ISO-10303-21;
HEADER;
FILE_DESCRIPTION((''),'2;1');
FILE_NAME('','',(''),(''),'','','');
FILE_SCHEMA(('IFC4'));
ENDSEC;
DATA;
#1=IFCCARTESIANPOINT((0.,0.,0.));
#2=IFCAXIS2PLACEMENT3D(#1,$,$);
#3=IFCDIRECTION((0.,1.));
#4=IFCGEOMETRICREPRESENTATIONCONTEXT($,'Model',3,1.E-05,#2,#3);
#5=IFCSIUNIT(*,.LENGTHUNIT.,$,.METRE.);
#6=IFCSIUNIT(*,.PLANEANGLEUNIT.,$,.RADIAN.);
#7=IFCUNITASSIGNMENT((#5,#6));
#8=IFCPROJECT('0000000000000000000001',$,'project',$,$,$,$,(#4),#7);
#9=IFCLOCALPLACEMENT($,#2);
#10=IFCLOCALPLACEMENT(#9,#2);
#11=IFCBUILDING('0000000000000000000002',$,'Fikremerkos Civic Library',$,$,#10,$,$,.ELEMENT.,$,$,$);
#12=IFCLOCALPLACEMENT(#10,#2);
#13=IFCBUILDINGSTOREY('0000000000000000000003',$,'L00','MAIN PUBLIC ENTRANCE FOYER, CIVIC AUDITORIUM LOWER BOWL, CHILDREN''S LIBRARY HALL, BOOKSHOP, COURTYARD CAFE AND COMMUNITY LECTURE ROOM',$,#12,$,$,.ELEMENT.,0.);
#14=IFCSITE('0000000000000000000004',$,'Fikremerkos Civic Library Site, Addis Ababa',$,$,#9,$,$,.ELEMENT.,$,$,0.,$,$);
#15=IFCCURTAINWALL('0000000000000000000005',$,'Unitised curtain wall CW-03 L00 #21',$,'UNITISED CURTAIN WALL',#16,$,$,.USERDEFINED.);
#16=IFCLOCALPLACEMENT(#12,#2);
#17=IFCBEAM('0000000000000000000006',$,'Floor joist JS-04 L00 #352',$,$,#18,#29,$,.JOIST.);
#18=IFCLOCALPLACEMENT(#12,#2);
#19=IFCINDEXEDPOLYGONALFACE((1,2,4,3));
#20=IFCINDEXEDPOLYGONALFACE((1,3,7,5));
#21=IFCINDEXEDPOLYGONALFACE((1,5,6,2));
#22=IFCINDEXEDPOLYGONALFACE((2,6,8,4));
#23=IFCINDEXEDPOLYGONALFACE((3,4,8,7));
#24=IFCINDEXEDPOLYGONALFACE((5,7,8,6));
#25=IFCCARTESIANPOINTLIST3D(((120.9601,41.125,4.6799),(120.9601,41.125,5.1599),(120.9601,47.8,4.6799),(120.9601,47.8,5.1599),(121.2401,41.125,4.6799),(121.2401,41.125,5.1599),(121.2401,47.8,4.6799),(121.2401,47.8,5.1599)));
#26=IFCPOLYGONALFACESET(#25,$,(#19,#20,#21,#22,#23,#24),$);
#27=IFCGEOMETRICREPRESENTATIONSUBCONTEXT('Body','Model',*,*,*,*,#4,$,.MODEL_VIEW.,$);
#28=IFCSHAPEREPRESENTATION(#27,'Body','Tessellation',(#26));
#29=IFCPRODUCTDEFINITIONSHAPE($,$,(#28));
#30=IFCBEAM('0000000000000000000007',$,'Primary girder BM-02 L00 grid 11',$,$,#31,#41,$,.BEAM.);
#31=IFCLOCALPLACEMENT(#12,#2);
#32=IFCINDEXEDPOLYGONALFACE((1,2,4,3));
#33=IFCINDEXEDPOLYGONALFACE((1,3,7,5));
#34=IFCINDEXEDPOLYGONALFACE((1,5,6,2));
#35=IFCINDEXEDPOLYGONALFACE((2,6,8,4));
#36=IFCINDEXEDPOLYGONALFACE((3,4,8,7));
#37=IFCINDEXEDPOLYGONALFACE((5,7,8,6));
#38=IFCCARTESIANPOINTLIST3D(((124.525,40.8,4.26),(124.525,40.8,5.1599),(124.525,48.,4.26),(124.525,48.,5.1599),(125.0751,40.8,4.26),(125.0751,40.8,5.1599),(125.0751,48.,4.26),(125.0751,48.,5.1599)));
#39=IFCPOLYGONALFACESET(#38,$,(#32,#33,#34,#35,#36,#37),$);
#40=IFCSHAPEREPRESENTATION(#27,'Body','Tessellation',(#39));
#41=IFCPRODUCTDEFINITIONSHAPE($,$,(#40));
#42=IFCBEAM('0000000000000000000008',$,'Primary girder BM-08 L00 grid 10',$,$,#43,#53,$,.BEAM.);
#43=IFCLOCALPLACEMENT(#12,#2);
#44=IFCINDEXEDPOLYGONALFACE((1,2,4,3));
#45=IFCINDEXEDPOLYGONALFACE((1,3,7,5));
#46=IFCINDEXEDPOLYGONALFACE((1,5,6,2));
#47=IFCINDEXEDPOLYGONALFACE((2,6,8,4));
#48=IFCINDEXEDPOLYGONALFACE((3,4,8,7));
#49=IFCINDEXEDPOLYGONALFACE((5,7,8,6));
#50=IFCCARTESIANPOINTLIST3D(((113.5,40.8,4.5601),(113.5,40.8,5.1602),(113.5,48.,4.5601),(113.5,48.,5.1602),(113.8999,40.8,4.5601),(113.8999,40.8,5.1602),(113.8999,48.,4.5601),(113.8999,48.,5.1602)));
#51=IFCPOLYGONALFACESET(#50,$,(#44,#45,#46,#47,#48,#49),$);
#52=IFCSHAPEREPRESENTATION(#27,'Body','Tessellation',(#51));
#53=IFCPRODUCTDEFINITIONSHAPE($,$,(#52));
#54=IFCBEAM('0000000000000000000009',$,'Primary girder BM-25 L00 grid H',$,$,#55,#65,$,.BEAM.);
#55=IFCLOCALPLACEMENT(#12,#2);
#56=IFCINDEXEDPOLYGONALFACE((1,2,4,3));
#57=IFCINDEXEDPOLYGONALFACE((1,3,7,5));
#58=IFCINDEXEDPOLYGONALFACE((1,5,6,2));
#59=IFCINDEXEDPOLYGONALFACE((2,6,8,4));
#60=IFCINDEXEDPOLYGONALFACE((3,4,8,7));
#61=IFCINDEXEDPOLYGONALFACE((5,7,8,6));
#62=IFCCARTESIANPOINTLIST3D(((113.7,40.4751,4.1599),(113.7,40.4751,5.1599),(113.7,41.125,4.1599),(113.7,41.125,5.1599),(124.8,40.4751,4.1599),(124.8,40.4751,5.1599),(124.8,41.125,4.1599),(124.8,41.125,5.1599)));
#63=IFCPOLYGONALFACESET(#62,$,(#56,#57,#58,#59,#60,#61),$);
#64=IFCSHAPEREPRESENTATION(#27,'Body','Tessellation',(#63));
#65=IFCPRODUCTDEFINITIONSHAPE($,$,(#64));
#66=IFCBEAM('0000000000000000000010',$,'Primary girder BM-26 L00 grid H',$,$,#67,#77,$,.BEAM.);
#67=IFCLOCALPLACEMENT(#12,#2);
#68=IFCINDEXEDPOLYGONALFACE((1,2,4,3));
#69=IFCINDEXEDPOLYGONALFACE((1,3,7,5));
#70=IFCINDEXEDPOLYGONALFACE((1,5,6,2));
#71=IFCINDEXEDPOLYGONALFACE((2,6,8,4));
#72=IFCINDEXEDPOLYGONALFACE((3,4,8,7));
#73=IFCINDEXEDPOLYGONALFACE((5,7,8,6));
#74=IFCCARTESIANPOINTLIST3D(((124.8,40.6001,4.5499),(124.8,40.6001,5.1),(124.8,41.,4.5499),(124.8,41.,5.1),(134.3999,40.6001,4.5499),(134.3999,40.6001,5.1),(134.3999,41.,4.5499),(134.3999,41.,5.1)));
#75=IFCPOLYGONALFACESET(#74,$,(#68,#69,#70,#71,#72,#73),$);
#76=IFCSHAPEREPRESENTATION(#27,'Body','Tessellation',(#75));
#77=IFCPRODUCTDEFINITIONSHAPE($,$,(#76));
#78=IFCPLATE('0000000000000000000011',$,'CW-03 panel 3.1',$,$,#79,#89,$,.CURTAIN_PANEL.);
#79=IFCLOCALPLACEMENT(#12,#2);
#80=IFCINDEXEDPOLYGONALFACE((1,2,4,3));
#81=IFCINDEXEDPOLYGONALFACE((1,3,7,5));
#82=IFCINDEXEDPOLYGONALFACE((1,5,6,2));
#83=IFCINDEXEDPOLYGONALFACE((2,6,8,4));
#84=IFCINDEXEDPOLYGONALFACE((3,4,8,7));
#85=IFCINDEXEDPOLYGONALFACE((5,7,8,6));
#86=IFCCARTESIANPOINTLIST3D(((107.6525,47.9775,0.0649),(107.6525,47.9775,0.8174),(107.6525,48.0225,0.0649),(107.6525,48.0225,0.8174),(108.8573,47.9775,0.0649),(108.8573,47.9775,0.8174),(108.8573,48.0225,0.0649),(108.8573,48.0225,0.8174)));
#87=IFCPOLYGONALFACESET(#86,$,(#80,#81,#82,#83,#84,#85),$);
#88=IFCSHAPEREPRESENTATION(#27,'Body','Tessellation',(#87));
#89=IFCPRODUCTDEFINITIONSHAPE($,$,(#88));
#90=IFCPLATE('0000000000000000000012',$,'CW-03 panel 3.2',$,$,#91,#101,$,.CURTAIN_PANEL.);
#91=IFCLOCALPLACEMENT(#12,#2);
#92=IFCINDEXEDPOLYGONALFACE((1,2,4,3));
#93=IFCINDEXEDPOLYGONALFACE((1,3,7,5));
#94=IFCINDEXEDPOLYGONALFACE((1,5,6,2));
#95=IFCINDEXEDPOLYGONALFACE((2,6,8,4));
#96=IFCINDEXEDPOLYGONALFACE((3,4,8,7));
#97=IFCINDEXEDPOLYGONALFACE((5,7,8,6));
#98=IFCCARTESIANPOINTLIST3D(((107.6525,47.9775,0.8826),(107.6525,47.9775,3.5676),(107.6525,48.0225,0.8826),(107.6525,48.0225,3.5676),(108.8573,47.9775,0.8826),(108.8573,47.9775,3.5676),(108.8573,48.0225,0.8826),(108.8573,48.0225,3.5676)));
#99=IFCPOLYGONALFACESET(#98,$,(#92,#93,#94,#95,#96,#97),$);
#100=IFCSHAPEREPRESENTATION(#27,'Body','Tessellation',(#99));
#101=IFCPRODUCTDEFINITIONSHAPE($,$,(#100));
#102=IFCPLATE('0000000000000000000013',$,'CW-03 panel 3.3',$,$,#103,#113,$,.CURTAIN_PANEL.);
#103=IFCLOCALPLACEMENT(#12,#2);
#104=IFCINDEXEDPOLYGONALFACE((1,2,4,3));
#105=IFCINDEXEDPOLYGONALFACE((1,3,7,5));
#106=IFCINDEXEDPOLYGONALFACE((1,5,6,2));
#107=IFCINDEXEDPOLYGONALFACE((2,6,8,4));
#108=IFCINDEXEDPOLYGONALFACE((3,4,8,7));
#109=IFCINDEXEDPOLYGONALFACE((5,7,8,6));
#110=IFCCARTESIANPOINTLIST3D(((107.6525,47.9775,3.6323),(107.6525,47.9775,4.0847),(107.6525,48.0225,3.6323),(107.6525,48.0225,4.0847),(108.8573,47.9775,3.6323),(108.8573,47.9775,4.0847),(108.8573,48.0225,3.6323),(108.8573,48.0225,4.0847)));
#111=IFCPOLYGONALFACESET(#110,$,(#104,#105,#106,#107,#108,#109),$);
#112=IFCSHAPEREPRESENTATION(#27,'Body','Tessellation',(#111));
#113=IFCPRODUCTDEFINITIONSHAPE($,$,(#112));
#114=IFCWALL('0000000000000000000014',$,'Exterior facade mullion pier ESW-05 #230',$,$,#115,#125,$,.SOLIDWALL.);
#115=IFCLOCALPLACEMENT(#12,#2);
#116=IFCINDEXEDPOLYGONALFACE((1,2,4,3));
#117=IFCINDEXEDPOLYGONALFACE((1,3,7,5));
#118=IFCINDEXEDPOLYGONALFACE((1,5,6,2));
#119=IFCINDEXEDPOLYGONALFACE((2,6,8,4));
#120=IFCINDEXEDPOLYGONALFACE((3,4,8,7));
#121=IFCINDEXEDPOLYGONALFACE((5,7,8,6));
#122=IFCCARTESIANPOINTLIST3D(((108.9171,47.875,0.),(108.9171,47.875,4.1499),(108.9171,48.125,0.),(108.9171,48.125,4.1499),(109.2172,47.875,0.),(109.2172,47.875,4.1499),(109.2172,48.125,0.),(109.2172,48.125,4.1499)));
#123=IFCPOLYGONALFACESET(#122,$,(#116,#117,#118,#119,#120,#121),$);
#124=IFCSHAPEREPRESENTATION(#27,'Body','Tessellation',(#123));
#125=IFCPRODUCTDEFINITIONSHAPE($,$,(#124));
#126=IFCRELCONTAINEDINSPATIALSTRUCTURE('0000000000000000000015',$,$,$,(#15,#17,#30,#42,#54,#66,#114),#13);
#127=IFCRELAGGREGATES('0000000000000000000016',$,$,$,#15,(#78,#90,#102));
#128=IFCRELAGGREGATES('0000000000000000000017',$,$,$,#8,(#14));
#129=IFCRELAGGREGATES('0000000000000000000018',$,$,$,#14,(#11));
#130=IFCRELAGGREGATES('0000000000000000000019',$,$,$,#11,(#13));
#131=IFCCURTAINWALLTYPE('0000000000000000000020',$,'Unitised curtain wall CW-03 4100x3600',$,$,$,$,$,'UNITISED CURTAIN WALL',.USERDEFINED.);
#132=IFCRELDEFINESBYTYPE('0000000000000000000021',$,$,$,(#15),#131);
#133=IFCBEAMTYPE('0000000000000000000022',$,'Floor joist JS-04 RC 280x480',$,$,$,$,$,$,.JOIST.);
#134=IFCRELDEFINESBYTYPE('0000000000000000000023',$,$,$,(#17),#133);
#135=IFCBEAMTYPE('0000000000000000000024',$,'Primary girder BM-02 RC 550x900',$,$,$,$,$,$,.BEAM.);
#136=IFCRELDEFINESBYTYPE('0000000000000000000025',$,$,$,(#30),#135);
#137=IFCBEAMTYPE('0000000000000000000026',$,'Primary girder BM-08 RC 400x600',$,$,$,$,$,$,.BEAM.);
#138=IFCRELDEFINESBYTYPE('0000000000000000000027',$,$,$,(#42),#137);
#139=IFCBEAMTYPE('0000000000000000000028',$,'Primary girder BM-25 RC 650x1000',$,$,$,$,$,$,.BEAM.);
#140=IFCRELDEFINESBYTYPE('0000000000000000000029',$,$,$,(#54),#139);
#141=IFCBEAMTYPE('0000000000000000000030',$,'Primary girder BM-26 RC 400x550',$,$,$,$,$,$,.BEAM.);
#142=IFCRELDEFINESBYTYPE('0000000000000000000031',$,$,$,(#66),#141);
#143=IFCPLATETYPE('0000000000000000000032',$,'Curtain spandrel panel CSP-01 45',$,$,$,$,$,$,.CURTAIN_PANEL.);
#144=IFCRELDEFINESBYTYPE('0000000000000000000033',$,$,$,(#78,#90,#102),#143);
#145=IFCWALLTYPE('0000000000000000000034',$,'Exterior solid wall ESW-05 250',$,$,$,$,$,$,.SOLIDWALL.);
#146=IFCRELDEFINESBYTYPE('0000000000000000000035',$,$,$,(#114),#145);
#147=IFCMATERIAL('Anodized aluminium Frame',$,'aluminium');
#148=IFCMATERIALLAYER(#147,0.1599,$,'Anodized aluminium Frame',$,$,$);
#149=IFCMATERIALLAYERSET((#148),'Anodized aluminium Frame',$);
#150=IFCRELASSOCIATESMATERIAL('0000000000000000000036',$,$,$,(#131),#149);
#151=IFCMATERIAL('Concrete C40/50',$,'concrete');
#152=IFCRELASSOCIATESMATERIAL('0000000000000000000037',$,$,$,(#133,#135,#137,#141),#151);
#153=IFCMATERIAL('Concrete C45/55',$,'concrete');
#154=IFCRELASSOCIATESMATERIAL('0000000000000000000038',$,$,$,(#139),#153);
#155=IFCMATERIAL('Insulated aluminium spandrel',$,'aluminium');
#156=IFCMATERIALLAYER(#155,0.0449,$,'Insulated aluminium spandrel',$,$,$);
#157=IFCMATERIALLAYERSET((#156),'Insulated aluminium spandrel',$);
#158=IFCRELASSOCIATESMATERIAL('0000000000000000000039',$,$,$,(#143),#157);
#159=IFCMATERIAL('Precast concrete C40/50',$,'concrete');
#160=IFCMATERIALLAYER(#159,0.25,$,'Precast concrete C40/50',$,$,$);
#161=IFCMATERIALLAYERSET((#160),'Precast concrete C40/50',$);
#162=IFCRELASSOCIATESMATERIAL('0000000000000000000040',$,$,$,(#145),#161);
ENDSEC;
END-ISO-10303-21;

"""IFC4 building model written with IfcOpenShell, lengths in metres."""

from ifc_helpers import new_model, si_unit, direction, frame, frame_2d, origin, origin_2d, place, context, subcontext, project, spatial, rectangle, extrude, material, layer, layer_set, material_profile, profile_set, type_object, element, aggregate, save


model = new_model("IFC4")

# Units and contexts
model_context = context("Model", 3, precision=1e-05, world=origin(), true_north=direction((0.0, 1.0)))
body_context = subcontext(model_context, "Body", "Model", "MODEL_VIEW")
ifc_project = project(units=[si_unit("LENGTHUNIT", "METRE"), si_unit("PLANEANGLEUNIT", "RADIAN")], contexts=[model_context])

# Site, building, storey
site_placement = place(None, origin())
site = spatial("IfcSite", under=ifc_project, at=site_placement, Name="Fikremerkos Civic Library Site, Addis Ababa", CompositionType="ELEMENT", RefElevation=0.0)
building_placement = place(site_placement, origin())
building = spatial("IfcBuilding", under=site, at=building_placement, Name="Fikremerkos Civic Library", CompositionType="ELEMENT")
storey_placement = place(building_placement, origin())
storey = spatial("IfcBuildingStorey", under=building, at=storey_placement, Name="L00", Description="MAIN PUBLIC ENTRANCE FOYER, CIVIC AUDITORIUM LOWER BOWL, CHILDREN'S LIBRARY HALL, BOOKSHOP, COURTYARD CAFE AND COMMUNITY LECTURE ROOM", CompositionType="ELEMENT", Elevation=0.0)

# Shared definitions
ifc_material_1 = material(Name="Concrete C40/50", Category="concrete")

# Curtain wall
ifc_material_2 = material(Name="Anodized aluminium Frame", Category="aluminium")
ifc_layer_1 = layer(ifc_material_2, 0.1599, Name="Anodized aluminium Frame")
ifc_layer_set_1 = layer_set([ifc_layer_1], Name="Anodized aluminium Frame")
curtain_wall_type_1 = type_object("IfcCurtainWallType", Name="Unitised curtain wall CW-03 4100x3600", ElementType="UNITISED CURTAIN WALL", PredefinedType="USERDEFINED", material=ifc_layer_set_1)
curtain_wall_1_placement = place(storey_placement, origin())
curtain_wall_1 = element("IfcCurtainWall", 1, at=curtain_wall_1_placement, inside=storey, type_object=curtain_wall_type_1, Name="Unitised curtain wall CW-03 L00 #21", ObjectType="UNITISED CURTAIN WALL", PredefinedType="USERDEFINED")

# Beams
ifc_material_profile_1 = material_profile(ifc_material_1, rectangle(XDim=0.28, YDim=0.48, at=origin_2d()), Name="RC 280x480")
ifc_profile_set_1 = profile_set([ifc_material_profile_1], Name="Concrete C40/50")
beam_type_1 = type_object("IfcBeamType", Name="Floor joist JS-04 RC 280x480", PredefinedType="JOIST", material=ifc_profile_set_1)
for number, where, z_axis, x_axis, name in (
    (2, (121.1001, 41.125, 4.9199), (0.0, 1.0, 0.0), (-1.0, 0.0, 0.0), "Floor joist JS-04 L00 #352"),
):
    element("IfcBeam", number, at=place(storey_placement, frame(where, z_axis=z_axis, x_axis=x_axis)), inside=storey, type_object=beam_type_1, Name=name, PredefinedType="JOIST", context=body_context, shape_type="SweptSolid", body=[
        extrude(rectangle(XDim=0.28, YDim=0.48, at=origin_2d()), origin(), (0.0, 0.0, 1.0), 6.675),
    ])
ifc_material_profile_2 = material_profile(ifc_material_1, rectangle(XDim=0.55, YDim=0.8999, at=origin_2d()), Name="RC 550x900")
ifc_profile_set_2 = profile_set([ifc_material_profile_2], Name="Concrete C40/50")
beam_type_2 = type_object("IfcBeamType", Name="Primary girder BM-02 RC 550x900", PredefinedType="BEAM", material=ifc_profile_set_2)
beam_1_placement = place(storey_placement, frame((124.8, 40.8, 4.71), z_axis=(0.0, 1.0, 0.0), x_axis=(-1.0, 0.0, 0.0)))
element("IfcBeam", 3, at=beam_1_placement, inside=storey, type_object=beam_type_2, Name="Primary girder BM-02 L00 grid 11", PredefinedType="BEAM", context=body_context, shape_type="SweptSolid", body=[
    extrude(rectangle(XDim=0.55, YDim=0.8999, at=origin_2d()), origin(), (0.0, 0.0, 1.0), 7.2),
])
ifc_material_profile_3 = material_profile(ifc_material_1, rectangle(XDim=0.3999, YDim=0.6001, at=origin_2d()), Name="RC 400x600")
ifc_profile_set_3 = profile_set([ifc_material_profile_3], Name="Concrete C40/50")
beam_type_3 = type_object("IfcBeamType", Name="Primary girder BM-08 RC 400x600", PredefinedType="BEAM", material=ifc_profile_set_3)
beam_2_placement = place(storey_placement, frame((113.7, 40.8, 4.8601), z_axis=(0.0, 1.0, 0.0), x_axis=(-1.0, 0.0, 0.0)))
element("IfcBeam", 4, at=beam_2_placement, inside=storey, type_object=beam_type_3, Name="Primary girder BM-08 L00 grid 10", PredefinedType="BEAM", context=body_context, shape_type="SweptSolid", body=[
    extrude(rectangle(XDim=0.3999, YDim=0.6001, at=origin_2d()), origin(), (0.0, 0.0, 1.0), 7.2),
])
ifc_material_3 = material(Name="Concrete C45/55", Category="concrete")
ifc_material_profile_4 = material_profile(ifc_material_3, rectangle(XDim=0.6499, YDim=1.0, at=origin_2d()), Name="RC 650x1000")
ifc_profile_set_4 = profile_set([ifc_material_profile_4], Name="Concrete C45/55")
beam_type_4 = type_object("IfcBeamType", Name="Primary girder BM-25 RC 650x1000", PredefinedType="BEAM", material=ifc_profile_set_4)
beam_3_placement = place(storey_placement, frame((113.7, 40.8, 4.6599), z_axis=(1.0, 0.0, 0.0), x_axis=(0.0, 1.0, 0.0)))
element("IfcBeam", 5, at=beam_3_placement, inside=storey, type_object=beam_type_4, Name="Primary girder BM-25 L00 grid H", PredefinedType="BEAM", context=body_context, shape_type="SweptSolid", body=[
    extrude(rectangle(XDim=0.6499, YDim=1.0, at=origin_2d()), origin(), (0.0, 0.0, 1.0), 11.1001),
])
ifc_material_profile_5 = material_profile(ifc_material_1, rectangle(XDim=0.3999, YDim=0.55, at=origin_2d()), Name="RC 400x550")
ifc_profile_set_5 = profile_set([ifc_material_profile_5], Name="Concrete C40/50")
beam_type_5 = type_object("IfcBeamType", Name="Primary girder BM-26 RC 400x550", PredefinedType="BEAM", material=ifc_profile_set_5)
beam_4_placement = place(storey_placement, frame((124.8, 40.8, 4.825), z_axis=(1.0, 0.0, 0.0), x_axis=(0.0, 1.0, 0.0)))
element("IfcBeam", 6, at=beam_4_placement, inside=storey, type_object=beam_type_5, Name="Primary girder BM-26 L00 grid H", PredefinedType="BEAM", context=body_context, shape_type="SweptSolid", body=[
    extrude(rectangle(XDim=0.3999, YDim=0.55, at=origin_2d()), origin(), (0.0, 0.0, 1.0), 9.5999),
])

# Plates
ifc_material_4 = material(Name="Insulated aluminium spandrel", Category="aluminium")
ifc_layer_2 = layer(ifc_material_4, 0.0449, Name="Insulated aluminium spandrel")
ifc_layer_set_2 = layer_set([ifc_layer_2], Name="Insulated aluminium spandrel")
plate_type = type_object("IfcPlateType", Name="Curtain spandrel panel CSP-01 45", PredefinedType="CURTAIN_PANEL", material=ifc_layer_set_2)
plate_1_placement = place(storey_placement, frame((108.2549, 48.0, 0.0649), z_axis=(0.0, 0.0, 1.0), x_axis=(1.0, 0.0, 0.0)))
plate_1 = element("IfcPlate", 7, at=plate_1_placement, type_object=plate_type, Name="CW-03 panel 3.1", PredefinedType="CURTAIN_PANEL", context=body_context, shape_type="SweptSolid", body=[
    extrude(rectangle(XDim=1.2048, YDim=0.0449, at=origin_2d()), origin(), (0.0, 0.0, 1.0), 0.7524),
])
plate_2_placement = place(storey_placement, frame((108.2549, 48.0, 0.8826), z_axis=(0.0, 0.0, 1.0), x_axis=(1.0, 0.0, 0.0)))
plate_2 = element("IfcPlate", 8, at=plate_2_placement, type_object=plate_type, Name="CW-03 panel 3.2", PredefinedType="CURTAIN_PANEL", context=body_context, shape_type="SweptSolid", body=[
    extrude(rectangle(XDim=1.2048, YDim=0.0449, at=origin_2d()), origin(), (0.0, 0.0, 1.0), 2.6851),
])
plate_3_placement = place(storey_placement, frame((108.2549, 48.0, 3.6323), z_axis=(0.0, 0.0, 1.0), x_axis=(1.0, 0.0, 0.0)))
plate_3 = element("IfcPlate", 9, at=plate_3_placement, type_object=plate_type, Name="CW-03 panel 3.3", PredefinedType="CURTAIN_PANEL", context=body_context, shape_type="SweptSolid", body=[
    extrude(rectangle(XDim=1.2048, YDim=0.0449, at=origin_2d()), origin(), (0.0, 0.0, 1.0), 0.4524),
])
aggregate(curtain_wall_1, [plate_1, plate_2, plate_3])

# Wall
ifc_material_5 = material(Name="Precast concrete C40/50", Category="concrete")
ifc_layer_3 = layer(ifc_material_5, 0.25, Name="Precast concrete C40/50")
ifc_layer_set_3 = layer_set([ifc_layer_3], Name="Precast concrete C40/50")
wall_type = type_object("IfcWallType", Name="Exterior solid wall ESW-05 250", PredefinedType="SOLIDWALL", material=ifc_layer_set_3)
wall_placement = place(storey_placement, frame((108.9172, 48.0, 0.0), z_axis=(0.0, 0.0, 1.0), x_axis=(1.0, 0.0, 0.0)))
element("IfcWall", 10, at=wall_placement, inside=storey, type_object=wall_type, Name="Exterior facade mullion pier ESW-05 #230", PredefinedType="SOLIDWALL", context=body_context, shape_type="SweptSolid", body=[
    extrude(rectangle(XDim=0.3, YDim=0.25, at=frame_2d((0.1499, 0.0))), origin(), (0.0, 0.0, 1.0), 4.1499),
])

save(model, "model.ifc")
